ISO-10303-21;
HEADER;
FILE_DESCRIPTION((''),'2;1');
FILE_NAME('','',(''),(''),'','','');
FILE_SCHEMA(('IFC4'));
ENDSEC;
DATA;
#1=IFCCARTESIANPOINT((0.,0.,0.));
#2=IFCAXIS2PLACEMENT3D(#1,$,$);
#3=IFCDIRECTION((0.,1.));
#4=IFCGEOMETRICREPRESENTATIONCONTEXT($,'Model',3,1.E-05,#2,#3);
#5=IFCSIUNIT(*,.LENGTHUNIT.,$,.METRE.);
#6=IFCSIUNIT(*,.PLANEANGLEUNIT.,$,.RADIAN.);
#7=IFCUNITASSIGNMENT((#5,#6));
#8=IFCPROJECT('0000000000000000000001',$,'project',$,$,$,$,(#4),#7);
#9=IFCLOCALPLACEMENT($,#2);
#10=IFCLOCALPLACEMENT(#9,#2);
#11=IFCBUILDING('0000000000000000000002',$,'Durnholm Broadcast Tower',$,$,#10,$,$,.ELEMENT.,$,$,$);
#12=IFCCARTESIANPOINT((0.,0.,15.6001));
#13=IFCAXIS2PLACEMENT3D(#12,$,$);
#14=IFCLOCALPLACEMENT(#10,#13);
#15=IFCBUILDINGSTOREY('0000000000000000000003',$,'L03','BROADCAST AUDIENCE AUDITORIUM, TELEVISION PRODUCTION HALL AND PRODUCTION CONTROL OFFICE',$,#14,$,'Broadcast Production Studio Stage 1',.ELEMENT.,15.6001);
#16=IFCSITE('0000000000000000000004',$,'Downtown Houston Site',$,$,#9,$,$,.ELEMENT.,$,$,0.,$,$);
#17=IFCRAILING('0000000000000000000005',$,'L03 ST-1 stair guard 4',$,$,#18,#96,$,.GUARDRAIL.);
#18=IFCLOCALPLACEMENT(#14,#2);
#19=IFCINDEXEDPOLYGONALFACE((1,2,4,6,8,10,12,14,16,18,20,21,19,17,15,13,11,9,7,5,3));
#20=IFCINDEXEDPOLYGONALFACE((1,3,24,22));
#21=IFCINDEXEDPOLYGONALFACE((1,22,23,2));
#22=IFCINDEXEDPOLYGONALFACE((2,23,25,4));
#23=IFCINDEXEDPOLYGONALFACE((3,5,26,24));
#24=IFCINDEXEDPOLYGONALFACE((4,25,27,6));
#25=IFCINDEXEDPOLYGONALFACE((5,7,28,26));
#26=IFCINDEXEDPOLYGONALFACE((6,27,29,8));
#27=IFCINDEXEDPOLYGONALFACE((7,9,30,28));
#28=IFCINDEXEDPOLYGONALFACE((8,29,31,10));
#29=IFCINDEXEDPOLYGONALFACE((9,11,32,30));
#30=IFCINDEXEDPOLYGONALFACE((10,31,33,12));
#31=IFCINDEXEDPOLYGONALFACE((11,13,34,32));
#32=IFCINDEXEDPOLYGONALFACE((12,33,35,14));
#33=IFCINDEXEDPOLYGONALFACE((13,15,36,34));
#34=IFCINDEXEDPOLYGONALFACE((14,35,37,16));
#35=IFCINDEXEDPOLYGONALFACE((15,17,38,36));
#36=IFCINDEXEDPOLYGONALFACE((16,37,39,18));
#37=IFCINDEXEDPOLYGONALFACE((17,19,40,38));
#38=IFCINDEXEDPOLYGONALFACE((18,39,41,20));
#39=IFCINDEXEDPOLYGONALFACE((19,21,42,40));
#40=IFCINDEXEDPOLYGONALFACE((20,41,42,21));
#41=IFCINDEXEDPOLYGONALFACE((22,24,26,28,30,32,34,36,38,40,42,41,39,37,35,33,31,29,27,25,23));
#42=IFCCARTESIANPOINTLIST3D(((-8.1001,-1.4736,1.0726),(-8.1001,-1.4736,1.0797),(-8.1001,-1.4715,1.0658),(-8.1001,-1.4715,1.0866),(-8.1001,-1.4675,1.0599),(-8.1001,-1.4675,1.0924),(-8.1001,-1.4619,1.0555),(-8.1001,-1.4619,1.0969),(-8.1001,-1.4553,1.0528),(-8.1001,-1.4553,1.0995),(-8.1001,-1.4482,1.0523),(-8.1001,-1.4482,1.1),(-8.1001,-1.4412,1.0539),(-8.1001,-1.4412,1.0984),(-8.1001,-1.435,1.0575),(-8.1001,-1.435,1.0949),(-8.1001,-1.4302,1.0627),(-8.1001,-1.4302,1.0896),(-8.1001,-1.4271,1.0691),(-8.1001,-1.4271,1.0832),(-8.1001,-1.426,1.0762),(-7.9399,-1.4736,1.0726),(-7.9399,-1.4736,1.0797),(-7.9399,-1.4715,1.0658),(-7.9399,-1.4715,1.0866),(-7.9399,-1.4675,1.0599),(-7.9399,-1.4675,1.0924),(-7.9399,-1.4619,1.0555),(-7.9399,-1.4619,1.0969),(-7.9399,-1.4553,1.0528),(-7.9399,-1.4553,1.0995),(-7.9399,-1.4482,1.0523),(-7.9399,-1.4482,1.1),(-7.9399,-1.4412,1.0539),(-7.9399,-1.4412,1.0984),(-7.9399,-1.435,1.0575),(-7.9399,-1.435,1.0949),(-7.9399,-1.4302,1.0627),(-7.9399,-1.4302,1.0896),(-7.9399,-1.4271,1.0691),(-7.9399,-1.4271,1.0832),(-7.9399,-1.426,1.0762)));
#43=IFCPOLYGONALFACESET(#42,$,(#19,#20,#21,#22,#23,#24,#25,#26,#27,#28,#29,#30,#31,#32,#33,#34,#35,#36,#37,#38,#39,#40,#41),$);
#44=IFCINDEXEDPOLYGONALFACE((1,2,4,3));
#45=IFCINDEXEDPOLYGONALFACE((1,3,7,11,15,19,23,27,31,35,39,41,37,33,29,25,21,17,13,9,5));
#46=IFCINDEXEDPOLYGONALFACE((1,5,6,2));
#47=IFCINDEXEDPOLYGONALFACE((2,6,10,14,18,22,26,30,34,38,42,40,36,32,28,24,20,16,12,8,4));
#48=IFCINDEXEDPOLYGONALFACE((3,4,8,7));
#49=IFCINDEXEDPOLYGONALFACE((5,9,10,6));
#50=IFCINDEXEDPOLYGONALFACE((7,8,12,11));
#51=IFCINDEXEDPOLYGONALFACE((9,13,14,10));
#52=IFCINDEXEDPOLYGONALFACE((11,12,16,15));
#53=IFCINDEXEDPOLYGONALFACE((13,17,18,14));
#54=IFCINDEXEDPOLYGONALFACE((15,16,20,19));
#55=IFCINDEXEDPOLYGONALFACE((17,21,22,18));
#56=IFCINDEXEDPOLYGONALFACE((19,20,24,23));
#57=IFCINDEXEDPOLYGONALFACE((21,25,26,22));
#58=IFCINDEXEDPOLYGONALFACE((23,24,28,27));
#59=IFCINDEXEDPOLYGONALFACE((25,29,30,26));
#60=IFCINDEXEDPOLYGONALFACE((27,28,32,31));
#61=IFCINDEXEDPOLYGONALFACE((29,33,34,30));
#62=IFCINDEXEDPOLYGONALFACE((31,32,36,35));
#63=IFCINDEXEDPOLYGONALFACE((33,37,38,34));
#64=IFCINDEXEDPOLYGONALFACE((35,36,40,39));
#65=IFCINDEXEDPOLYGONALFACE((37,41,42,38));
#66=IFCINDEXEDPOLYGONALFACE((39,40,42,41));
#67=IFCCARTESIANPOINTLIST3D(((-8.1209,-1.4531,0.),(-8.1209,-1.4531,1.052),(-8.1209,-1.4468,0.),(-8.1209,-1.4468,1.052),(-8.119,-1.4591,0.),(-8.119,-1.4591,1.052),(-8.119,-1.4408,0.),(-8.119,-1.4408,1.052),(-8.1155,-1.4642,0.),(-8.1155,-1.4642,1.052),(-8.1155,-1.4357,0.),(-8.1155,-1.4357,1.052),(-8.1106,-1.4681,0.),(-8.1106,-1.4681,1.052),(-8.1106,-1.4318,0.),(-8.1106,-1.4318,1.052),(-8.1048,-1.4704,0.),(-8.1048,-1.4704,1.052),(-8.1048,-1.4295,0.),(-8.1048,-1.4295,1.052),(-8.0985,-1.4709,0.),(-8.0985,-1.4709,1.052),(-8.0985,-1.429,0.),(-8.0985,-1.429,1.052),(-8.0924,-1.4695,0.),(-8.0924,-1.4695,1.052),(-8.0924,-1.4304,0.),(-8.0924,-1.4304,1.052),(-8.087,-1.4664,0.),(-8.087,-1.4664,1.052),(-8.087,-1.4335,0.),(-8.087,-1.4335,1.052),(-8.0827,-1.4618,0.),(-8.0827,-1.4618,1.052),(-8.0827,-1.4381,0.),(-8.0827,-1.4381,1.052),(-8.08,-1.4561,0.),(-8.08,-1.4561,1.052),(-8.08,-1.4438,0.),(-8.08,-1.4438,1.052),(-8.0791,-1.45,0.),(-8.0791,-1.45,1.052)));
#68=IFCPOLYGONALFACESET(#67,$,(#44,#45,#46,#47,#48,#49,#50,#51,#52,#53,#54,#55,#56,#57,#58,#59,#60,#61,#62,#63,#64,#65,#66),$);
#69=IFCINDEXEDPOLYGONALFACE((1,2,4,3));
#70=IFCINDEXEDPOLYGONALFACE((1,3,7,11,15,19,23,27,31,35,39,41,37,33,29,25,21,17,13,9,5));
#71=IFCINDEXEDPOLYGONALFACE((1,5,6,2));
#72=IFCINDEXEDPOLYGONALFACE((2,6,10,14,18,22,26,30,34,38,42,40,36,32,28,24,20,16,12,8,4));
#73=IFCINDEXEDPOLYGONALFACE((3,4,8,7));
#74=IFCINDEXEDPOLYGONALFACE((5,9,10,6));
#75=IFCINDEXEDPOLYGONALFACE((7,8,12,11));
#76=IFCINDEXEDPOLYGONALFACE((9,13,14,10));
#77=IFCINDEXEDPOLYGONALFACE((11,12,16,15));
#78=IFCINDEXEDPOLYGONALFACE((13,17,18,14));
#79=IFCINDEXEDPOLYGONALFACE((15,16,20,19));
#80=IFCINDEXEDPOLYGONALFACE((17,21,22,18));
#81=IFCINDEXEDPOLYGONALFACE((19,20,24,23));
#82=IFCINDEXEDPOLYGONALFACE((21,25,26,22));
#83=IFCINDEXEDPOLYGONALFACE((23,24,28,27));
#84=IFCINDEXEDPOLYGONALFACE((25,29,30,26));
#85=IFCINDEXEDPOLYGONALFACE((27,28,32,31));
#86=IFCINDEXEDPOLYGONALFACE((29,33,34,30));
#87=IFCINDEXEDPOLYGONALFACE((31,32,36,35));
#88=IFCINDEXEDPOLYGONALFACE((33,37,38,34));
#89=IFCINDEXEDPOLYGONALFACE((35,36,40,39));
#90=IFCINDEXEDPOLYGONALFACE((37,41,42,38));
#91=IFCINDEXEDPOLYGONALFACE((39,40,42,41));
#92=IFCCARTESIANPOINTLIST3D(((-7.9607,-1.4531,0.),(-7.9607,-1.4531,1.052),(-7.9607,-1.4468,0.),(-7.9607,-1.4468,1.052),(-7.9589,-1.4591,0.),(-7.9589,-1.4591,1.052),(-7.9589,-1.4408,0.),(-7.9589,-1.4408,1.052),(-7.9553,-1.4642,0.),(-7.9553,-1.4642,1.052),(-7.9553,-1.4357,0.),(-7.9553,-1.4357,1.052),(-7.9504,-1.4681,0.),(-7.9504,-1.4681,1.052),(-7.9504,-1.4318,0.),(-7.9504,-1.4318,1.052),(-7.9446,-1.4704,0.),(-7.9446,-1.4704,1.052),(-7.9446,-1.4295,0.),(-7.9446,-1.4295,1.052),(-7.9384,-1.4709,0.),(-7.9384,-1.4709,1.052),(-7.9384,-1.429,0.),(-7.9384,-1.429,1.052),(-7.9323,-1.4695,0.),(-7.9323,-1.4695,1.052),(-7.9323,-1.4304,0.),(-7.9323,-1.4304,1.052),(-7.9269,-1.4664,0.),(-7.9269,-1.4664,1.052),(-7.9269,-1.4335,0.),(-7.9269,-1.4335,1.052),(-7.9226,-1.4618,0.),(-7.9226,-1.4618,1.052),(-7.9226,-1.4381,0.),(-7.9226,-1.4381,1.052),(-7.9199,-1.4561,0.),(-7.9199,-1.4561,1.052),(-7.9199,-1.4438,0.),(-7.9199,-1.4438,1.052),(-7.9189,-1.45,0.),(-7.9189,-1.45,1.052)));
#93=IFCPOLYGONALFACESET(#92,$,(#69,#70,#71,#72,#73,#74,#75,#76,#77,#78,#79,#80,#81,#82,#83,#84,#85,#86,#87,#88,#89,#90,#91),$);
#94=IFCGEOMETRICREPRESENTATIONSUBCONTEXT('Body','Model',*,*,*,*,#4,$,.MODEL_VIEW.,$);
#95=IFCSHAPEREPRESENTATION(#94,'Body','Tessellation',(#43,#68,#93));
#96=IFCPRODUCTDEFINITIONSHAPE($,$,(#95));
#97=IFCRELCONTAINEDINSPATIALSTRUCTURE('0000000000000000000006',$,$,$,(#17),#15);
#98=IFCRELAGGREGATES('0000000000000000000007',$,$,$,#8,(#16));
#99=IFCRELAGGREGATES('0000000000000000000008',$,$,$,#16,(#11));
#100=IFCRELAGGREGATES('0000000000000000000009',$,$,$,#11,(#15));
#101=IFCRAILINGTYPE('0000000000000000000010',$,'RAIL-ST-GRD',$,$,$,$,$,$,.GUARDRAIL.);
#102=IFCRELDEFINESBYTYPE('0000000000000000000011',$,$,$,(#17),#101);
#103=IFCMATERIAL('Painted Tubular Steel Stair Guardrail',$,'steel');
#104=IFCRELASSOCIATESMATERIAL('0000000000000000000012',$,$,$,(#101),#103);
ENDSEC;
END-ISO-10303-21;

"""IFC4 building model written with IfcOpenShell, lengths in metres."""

from ifc_helpers import new_model, si_unit, direction, frame, origin, origin_2d, place, context, subcontext, project, spatial, circle, extrude, material, type_object, element, save


model = new_model("IFC4")

# Units and contexts
model_context = context("Model", 3, precision=1e-05, world=origin(), true_north=direction((0.0, 1.0)))
body_context = subcontext(model_context, "Body", "Model", "MODEL_VIEW")
ifc_project = project(units=[si_unit("LENGTHUNIT", "METRE"), si_unit("PLANEANGLEUNIT", "RADIAN")], contexts=[model_context])

# Site, building, storey
site_placement = place(None, origin())
site = spatial("IfcSite", under=ifc_project, at=site_placement, Name="Downtown Houston Site", CompositionType="ELEMENT", RefElevation=0.0)
building_placement = place(site_placement, origin())
building = spatial("IfcBuilding", under=site, at=building_placement, Name="Durnholm Broadcast Tower", CompositionType="ELEMENT")
storey_placement = place(building_placement, frame((0.0, 0.0, 15.6001)))
storey = spatial("IfcBuildingStorey", under=building, at=storey_placement, Name="L03", Description="BROADCAST AUDIENCE AUDITORIUM, TELEVISION PRODUCTION HALL AND PRODUCTION CONTROL OFFICE", LongName="Broadcast Production Studio Stage 1", CompositionType="ELEMENT", Elevation=15.6001)

# Railing
ifc_material_1 = material(Name="Painted Tubular Steel Stair Guardrail", Category="steel")
railing_type_1 = type_object("IfcRailingType", Name="RAIL-ST-GRD", PredefinedType="GUARDRAIL", material=ifc_material_1)
railing_1_placement = place(storey_placement, frame((-8.1001, -1.45, 0.0)))
element("IfcRailing", 1, at=railing_1_placement, inside=storey, type_object=railing_type_1, Name="L03 ST-1 stair guard 4", PredefinedType="GUARDRAIL", context=body_context, shape_type="SweptSolid", body=[
    extrude(circle(Radius=0.0239, at=origin_2d()), frame((0.0, 0.0, 1.0762), z_axis=(1.0, 0.0, 0.0), x_axis=(0.0, 1.0, 0.0)), (0.0, 0.0, 1.0), 0.1602),
    extrude(circle(Radius=0.021, at=origin_2d()), origin(), (0.0, 0.0, 1.0), 1.052),
    extrude(circle(Radius=0.021, at=origin_2d()), frame((0.1602, 0.0, 0.0)), (0.0, 0.0, 1.0), 1.052),
])

save(model, "model.ifc")
